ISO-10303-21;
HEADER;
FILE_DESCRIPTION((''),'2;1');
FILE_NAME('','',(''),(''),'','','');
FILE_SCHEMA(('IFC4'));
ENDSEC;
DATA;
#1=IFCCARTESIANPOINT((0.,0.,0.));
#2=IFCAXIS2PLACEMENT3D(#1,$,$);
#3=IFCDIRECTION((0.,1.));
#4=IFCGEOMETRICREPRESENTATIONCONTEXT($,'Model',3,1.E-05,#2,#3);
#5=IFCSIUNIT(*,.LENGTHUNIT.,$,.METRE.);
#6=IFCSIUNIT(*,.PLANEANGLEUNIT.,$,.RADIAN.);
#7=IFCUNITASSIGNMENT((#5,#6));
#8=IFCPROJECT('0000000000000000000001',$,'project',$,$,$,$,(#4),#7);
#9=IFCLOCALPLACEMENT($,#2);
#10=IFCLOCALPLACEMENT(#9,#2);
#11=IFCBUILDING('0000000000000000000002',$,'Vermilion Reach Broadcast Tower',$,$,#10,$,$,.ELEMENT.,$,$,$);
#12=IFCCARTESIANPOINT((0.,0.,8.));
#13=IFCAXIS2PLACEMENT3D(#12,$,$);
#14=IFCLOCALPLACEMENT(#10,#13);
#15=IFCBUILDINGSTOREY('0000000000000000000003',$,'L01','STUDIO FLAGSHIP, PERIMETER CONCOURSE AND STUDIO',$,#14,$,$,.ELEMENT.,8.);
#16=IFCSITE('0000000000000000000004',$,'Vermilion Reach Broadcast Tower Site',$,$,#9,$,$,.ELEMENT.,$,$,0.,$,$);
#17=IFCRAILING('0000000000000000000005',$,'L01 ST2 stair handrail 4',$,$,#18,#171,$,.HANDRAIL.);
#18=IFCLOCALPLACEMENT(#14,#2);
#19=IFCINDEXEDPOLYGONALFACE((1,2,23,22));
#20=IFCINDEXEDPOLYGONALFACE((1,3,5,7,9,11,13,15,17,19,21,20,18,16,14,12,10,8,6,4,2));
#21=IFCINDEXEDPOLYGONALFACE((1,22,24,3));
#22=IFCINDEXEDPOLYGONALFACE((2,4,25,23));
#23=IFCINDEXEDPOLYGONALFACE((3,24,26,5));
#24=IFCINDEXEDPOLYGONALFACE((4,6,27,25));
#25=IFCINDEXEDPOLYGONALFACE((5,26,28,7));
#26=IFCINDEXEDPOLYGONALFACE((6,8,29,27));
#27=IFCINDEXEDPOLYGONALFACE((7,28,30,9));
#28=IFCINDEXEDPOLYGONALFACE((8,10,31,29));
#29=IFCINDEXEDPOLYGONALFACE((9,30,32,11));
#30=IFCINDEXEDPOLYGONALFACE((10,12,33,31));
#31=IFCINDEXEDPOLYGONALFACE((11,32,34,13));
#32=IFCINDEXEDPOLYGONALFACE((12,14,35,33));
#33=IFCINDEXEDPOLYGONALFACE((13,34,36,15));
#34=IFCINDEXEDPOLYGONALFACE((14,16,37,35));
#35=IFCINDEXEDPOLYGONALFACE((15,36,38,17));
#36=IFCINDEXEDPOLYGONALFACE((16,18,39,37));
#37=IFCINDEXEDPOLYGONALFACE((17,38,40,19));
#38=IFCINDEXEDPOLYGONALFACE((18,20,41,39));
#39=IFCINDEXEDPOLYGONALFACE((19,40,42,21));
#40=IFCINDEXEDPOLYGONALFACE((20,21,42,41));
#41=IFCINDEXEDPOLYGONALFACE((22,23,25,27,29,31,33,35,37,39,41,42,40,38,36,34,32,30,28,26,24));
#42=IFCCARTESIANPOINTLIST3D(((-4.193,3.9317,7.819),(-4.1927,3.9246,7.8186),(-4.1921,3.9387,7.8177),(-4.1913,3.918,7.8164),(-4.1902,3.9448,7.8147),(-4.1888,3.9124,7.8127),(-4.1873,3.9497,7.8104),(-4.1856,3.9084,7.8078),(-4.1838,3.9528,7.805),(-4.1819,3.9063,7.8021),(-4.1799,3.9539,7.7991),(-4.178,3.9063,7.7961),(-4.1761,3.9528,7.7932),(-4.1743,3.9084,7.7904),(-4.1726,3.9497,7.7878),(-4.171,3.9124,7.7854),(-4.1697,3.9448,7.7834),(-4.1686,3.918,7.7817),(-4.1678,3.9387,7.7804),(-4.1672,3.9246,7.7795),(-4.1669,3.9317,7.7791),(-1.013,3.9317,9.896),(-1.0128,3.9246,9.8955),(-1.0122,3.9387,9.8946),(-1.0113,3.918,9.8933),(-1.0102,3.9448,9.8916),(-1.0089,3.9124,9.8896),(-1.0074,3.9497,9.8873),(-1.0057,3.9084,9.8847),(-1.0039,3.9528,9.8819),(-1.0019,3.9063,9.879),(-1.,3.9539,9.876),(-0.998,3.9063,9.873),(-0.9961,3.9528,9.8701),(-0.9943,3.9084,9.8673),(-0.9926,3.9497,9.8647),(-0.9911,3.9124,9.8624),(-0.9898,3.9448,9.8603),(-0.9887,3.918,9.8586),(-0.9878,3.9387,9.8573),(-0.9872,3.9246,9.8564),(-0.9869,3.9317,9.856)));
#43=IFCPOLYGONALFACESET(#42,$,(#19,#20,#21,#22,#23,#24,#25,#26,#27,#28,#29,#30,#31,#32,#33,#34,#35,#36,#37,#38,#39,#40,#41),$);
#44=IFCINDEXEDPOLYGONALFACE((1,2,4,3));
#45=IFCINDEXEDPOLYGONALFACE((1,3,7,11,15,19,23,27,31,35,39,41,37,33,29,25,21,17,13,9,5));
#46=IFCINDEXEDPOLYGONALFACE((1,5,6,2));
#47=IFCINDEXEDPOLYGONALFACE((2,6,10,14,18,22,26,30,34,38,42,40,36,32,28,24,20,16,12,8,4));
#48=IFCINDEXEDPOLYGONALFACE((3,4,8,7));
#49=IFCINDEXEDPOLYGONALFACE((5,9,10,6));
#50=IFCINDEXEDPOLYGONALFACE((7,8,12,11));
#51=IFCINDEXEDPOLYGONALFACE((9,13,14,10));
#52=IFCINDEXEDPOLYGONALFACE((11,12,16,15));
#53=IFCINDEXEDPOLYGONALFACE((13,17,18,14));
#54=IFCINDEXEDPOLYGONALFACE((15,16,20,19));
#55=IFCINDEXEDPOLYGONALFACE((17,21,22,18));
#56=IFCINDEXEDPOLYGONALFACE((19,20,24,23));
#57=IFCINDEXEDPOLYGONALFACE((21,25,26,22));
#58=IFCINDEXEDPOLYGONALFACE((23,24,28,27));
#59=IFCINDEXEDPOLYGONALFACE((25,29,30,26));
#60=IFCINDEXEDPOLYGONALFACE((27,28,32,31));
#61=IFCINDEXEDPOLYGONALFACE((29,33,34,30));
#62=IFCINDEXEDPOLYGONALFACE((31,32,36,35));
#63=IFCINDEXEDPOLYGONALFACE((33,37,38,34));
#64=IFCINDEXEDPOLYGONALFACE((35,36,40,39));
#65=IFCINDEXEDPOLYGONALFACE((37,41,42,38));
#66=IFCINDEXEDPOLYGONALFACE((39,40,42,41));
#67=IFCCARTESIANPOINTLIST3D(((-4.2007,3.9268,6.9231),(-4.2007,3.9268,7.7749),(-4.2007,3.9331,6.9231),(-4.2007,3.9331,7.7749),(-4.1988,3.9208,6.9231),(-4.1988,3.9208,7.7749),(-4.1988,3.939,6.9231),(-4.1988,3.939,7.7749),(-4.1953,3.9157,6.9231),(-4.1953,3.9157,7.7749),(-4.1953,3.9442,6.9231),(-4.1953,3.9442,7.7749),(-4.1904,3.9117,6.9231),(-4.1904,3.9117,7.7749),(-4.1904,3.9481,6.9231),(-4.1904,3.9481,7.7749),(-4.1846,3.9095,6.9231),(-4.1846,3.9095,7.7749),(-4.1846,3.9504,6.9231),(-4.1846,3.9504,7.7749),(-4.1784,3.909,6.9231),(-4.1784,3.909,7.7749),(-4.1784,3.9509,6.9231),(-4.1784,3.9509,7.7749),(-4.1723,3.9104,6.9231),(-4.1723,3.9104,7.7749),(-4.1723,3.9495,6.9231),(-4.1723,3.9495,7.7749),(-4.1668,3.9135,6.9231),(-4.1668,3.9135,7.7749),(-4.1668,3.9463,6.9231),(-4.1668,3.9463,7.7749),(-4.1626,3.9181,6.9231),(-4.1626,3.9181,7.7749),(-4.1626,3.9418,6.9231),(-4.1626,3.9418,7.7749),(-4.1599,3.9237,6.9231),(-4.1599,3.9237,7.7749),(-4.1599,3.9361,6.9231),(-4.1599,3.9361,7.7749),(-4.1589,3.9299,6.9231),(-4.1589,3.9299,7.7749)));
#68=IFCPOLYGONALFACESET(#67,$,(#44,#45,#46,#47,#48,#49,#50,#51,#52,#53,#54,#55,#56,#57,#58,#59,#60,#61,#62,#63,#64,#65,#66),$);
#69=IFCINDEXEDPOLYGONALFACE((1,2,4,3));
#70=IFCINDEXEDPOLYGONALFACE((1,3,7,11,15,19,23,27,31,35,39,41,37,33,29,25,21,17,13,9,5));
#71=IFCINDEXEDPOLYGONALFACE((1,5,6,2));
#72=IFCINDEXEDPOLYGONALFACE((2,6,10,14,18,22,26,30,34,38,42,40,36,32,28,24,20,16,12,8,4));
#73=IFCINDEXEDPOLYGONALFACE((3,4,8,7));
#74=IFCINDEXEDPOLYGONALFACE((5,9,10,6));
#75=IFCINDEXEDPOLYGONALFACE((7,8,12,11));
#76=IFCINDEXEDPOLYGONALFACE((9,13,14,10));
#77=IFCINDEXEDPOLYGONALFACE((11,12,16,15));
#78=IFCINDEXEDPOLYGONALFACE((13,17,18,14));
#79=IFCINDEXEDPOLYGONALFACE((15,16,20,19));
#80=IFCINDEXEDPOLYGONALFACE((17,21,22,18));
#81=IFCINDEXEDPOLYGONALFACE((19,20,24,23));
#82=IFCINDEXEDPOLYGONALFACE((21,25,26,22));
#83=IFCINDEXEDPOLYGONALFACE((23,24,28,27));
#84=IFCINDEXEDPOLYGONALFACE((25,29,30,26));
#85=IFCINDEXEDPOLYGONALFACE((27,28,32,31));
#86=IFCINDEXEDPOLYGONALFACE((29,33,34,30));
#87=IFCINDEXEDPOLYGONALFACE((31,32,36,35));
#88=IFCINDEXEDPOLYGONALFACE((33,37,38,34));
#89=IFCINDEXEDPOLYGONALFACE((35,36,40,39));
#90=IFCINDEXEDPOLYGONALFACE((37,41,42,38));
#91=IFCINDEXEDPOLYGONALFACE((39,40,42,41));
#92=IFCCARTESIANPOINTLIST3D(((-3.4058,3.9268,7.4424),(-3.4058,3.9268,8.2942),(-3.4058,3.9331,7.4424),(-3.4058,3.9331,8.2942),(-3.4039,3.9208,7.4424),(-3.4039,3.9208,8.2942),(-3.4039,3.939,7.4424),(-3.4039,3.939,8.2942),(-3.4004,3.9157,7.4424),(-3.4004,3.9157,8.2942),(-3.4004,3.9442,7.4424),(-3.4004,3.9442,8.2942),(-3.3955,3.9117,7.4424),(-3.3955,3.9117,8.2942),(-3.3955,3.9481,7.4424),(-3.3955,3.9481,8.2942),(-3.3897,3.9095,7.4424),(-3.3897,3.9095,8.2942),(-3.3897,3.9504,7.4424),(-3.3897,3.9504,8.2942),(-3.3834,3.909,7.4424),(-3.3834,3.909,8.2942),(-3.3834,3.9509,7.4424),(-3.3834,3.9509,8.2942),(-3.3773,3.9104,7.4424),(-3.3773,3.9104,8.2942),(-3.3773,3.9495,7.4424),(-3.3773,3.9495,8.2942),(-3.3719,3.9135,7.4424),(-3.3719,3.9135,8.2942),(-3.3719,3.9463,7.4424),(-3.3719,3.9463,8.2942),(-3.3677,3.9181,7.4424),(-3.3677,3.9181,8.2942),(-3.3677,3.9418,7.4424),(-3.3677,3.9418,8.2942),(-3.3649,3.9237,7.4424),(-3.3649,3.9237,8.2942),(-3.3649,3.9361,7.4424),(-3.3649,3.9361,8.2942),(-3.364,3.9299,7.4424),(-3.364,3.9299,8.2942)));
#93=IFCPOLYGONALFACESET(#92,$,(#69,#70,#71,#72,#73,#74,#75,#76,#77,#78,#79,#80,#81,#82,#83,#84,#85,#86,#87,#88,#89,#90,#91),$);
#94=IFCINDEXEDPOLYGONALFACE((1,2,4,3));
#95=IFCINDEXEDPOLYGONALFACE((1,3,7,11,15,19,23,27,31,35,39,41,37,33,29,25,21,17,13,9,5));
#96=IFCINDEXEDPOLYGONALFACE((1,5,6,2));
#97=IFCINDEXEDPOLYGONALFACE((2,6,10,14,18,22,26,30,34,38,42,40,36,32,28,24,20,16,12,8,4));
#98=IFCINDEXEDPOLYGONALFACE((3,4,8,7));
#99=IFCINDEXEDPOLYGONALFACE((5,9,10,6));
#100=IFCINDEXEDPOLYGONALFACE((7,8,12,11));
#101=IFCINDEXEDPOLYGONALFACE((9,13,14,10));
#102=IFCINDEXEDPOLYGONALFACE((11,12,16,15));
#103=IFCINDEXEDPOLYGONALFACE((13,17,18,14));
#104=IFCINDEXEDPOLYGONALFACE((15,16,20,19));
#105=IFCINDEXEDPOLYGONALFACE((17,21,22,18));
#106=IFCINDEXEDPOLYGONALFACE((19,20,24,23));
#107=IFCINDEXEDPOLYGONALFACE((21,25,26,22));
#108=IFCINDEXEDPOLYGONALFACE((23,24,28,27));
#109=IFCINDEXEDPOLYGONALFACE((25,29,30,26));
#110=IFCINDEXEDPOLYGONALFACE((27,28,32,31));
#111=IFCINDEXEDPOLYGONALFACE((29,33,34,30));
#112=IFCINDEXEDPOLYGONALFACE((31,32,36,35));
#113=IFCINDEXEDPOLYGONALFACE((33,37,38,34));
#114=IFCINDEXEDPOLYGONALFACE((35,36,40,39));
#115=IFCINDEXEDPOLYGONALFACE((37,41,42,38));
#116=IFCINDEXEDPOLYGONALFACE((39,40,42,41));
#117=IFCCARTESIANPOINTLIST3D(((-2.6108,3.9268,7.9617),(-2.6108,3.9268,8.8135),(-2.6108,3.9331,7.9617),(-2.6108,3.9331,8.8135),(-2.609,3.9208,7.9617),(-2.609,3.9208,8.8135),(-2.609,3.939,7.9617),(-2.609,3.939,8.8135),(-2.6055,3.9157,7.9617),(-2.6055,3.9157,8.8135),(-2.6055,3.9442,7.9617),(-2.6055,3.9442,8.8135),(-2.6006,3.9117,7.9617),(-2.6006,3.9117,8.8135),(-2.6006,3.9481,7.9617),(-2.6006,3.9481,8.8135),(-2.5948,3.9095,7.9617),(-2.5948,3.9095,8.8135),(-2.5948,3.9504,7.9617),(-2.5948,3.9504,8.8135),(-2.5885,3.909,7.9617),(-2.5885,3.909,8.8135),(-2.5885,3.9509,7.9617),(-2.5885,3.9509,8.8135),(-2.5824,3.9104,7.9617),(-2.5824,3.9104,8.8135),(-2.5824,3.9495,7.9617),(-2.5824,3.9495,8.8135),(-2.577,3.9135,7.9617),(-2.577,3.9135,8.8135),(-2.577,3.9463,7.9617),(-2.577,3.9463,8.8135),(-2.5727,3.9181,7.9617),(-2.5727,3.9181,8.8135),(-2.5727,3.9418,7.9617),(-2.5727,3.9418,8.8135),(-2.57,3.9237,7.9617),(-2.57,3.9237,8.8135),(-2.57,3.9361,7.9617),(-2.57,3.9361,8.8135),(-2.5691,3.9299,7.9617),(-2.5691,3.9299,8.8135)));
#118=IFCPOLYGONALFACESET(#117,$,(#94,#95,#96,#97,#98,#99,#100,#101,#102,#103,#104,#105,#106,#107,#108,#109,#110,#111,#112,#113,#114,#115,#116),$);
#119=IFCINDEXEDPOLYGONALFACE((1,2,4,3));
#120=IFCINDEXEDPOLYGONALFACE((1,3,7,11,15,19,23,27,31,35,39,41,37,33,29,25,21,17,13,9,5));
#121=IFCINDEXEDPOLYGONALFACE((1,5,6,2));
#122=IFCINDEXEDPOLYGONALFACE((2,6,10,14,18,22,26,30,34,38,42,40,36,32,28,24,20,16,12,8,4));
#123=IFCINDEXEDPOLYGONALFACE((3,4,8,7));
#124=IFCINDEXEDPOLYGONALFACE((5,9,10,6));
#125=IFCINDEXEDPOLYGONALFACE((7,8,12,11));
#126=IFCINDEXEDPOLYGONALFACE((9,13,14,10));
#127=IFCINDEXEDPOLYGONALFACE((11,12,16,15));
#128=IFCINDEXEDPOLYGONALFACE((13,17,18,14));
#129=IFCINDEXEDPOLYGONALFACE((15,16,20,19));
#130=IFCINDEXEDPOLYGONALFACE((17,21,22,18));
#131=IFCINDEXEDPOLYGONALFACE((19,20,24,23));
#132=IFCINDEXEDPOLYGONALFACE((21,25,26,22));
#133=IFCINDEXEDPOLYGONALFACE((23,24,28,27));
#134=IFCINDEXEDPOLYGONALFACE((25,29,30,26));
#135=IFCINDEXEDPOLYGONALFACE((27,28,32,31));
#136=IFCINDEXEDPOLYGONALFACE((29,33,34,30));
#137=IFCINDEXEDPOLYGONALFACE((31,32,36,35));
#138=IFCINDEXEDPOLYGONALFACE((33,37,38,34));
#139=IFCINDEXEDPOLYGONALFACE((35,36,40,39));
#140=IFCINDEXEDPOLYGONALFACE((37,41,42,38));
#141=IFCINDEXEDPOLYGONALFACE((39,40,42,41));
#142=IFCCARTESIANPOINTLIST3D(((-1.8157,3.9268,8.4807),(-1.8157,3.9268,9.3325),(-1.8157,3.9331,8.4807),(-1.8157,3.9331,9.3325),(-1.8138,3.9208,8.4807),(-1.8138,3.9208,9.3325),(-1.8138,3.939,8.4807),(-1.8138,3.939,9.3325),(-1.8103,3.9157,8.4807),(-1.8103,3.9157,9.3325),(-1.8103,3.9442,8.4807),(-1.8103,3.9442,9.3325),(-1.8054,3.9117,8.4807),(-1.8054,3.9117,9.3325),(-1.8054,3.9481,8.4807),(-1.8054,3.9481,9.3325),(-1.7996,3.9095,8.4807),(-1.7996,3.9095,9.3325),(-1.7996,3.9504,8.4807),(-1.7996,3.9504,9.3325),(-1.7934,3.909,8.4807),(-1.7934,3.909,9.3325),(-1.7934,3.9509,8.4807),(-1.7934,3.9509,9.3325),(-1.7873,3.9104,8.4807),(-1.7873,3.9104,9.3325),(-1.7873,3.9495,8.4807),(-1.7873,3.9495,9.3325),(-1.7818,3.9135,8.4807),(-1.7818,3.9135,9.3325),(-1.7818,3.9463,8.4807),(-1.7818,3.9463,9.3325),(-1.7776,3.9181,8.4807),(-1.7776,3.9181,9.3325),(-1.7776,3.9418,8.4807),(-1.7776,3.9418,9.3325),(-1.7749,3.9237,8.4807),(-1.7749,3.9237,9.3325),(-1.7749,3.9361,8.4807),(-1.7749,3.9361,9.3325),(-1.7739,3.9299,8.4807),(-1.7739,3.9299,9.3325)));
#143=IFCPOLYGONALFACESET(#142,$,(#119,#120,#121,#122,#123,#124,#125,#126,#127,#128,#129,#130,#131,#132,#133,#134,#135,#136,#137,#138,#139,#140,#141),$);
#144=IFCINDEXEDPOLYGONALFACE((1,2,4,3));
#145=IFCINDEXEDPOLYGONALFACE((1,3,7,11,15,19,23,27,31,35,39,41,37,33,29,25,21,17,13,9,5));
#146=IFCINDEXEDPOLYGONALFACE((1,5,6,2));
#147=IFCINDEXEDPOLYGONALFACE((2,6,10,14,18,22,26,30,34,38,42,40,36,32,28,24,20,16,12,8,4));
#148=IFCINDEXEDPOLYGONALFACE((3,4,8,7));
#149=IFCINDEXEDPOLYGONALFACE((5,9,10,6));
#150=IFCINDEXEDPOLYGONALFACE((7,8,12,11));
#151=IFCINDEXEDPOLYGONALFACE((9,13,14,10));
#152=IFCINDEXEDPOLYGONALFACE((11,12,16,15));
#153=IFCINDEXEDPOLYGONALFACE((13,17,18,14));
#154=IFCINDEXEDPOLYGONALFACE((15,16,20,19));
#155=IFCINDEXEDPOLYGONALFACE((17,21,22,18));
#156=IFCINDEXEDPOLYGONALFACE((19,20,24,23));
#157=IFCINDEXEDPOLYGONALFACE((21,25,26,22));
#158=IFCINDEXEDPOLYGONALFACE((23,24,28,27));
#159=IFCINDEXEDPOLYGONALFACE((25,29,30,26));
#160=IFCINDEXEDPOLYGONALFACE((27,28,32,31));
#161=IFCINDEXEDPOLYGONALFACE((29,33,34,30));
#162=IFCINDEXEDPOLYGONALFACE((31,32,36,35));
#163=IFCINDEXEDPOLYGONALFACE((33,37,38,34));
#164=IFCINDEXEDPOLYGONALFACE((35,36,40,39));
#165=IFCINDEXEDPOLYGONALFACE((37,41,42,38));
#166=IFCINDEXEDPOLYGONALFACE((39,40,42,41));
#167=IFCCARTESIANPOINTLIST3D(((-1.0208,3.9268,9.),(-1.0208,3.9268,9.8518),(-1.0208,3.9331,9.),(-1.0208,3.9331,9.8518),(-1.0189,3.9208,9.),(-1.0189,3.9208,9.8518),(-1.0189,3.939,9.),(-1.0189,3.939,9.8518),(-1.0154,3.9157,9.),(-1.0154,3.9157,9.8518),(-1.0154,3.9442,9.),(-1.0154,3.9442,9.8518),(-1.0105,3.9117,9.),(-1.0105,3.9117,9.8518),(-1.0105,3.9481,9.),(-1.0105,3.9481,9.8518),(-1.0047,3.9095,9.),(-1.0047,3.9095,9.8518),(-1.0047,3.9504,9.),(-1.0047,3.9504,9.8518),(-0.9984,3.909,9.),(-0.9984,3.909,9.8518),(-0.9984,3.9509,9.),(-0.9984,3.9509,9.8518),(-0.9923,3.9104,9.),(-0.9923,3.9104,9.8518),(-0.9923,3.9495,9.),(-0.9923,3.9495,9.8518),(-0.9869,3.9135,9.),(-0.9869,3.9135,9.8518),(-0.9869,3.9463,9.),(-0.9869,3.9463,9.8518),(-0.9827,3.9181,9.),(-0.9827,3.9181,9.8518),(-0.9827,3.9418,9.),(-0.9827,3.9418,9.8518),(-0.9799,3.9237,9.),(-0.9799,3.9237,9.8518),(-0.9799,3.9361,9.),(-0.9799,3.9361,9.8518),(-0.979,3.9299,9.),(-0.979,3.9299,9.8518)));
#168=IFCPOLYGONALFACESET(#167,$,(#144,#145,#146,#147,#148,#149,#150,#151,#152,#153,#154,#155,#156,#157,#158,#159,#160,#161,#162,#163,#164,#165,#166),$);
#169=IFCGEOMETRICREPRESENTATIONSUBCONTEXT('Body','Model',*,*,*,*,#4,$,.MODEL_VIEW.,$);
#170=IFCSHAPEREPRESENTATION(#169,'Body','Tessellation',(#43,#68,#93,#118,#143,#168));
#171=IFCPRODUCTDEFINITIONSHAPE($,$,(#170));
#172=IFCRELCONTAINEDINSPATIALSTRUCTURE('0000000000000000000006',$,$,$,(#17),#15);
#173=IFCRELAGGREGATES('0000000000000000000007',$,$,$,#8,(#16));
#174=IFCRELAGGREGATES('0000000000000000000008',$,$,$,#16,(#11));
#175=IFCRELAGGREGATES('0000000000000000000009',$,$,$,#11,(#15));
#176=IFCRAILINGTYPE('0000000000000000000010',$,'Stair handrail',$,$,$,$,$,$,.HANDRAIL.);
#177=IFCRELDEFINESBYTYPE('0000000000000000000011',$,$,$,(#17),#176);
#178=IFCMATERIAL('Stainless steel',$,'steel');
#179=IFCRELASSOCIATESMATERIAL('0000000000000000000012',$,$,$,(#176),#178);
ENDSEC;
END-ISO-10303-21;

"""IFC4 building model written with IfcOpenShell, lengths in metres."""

from ifc_helpers import new_model, si_unit, direction, frame, origin, origin_2d, place, context, subcontext, project, spatial, circle, extrude, material, type_object, element, save


model = new_model("IFC4")

# Units and contexts
model_context = context("Model", 3, precision=1e-05, world=origin(), true_north=direction((0.0, 1.0)))
body_context = subcontext(model_context, "Body", "Model", "MODEL_VIEW")
ifc_project = project(units=[si_unit("LENGTHUNIT", "METRE"), si_unit("PLANEANGLEUNIT", "RADIAN")], contexts=[model_context])

# Site, building, storey
site_placement = place(None, origin())
site = spatial("IfcSite", under=ifc_project, at=site_placement, Name="Vermilion Reach Broadcast Tower Site", CompositionType="ELEMENT", RefElevation=0.0)
building_placement = place(site_placement, origin())
building = spatial("IfcBuilding", under=site, at=building_placement, Name="Vermilion Reach Broadcast Tower", CompositionType="ELEMENT")
storey_placement = place(building_placement, frame((0.0, 0.0, 8.0)))
storey = spatial("IfcBuildingStorey", under=building, at=storey_placement, Name="L01", Description="STUDIO FLAGSHIP, PERIMETER CONCOURSE AND STUDIO", CompositionType="ELEMENT", Elevation=8.0)

# Railing
ifc_material_1 = material(Name="Stainless steel", Category="steel")
railing_type_1 = type_object("IfcRailingType", Name="Stair handrail", PredefinedType="HANDRAIL", material=ifc_material_1)
railing_1_placement = place(storey_placement, frame((-4.1799, 3.9299, 6.9231)))
element("IfcRailing", 1, at=railing_1_placement, inside=storey, type_object=railing_type_1, Name="L01 ST2 stair handrail 4", PredefinedType="HANDRAIL", context=body_context, shape_type="SweptSolid", body=[
    extrude(circle(Radius=0.0239, at=origin_2d()), frame((0.0, 0.0, 0.876), z_axis=(0.837245, 0.0, 0.546828), x_axis=(0.0, 1.0, 0.0)), (0.0, 0.0, 1.0), 3.7981),
    extrude(circle(Radius=0.021, at=origin_2d()), origin(), (0.0, 0.0, 1.0), 0.8518),
    extrude(circle(Radius=0.021, at=origin_2d()), frame((0.7949, 0.0, 0.5193)), (0.0, 0.0, 1.0), 0.8518),
    extrude(circle(Radius=0.021, at=origin_2d()), frame((1.5898, 0.0, 1.0386)), (0.0, 0.0, 1.0), 0.8518),
    extrude(circle(Radius=0.021, at=origin_2d()), frame((2.385, 0.0, 1.5576)), (0.0, 0.0, 1.0), 0.8518),
    extrude(circle(Radius=0.021, at=origin_2d()), frame((3.1799, 0.0, 2.0769)), (0.0, 0.0, 1.0), 0.8518),
])

save(model, "model.ifc")
